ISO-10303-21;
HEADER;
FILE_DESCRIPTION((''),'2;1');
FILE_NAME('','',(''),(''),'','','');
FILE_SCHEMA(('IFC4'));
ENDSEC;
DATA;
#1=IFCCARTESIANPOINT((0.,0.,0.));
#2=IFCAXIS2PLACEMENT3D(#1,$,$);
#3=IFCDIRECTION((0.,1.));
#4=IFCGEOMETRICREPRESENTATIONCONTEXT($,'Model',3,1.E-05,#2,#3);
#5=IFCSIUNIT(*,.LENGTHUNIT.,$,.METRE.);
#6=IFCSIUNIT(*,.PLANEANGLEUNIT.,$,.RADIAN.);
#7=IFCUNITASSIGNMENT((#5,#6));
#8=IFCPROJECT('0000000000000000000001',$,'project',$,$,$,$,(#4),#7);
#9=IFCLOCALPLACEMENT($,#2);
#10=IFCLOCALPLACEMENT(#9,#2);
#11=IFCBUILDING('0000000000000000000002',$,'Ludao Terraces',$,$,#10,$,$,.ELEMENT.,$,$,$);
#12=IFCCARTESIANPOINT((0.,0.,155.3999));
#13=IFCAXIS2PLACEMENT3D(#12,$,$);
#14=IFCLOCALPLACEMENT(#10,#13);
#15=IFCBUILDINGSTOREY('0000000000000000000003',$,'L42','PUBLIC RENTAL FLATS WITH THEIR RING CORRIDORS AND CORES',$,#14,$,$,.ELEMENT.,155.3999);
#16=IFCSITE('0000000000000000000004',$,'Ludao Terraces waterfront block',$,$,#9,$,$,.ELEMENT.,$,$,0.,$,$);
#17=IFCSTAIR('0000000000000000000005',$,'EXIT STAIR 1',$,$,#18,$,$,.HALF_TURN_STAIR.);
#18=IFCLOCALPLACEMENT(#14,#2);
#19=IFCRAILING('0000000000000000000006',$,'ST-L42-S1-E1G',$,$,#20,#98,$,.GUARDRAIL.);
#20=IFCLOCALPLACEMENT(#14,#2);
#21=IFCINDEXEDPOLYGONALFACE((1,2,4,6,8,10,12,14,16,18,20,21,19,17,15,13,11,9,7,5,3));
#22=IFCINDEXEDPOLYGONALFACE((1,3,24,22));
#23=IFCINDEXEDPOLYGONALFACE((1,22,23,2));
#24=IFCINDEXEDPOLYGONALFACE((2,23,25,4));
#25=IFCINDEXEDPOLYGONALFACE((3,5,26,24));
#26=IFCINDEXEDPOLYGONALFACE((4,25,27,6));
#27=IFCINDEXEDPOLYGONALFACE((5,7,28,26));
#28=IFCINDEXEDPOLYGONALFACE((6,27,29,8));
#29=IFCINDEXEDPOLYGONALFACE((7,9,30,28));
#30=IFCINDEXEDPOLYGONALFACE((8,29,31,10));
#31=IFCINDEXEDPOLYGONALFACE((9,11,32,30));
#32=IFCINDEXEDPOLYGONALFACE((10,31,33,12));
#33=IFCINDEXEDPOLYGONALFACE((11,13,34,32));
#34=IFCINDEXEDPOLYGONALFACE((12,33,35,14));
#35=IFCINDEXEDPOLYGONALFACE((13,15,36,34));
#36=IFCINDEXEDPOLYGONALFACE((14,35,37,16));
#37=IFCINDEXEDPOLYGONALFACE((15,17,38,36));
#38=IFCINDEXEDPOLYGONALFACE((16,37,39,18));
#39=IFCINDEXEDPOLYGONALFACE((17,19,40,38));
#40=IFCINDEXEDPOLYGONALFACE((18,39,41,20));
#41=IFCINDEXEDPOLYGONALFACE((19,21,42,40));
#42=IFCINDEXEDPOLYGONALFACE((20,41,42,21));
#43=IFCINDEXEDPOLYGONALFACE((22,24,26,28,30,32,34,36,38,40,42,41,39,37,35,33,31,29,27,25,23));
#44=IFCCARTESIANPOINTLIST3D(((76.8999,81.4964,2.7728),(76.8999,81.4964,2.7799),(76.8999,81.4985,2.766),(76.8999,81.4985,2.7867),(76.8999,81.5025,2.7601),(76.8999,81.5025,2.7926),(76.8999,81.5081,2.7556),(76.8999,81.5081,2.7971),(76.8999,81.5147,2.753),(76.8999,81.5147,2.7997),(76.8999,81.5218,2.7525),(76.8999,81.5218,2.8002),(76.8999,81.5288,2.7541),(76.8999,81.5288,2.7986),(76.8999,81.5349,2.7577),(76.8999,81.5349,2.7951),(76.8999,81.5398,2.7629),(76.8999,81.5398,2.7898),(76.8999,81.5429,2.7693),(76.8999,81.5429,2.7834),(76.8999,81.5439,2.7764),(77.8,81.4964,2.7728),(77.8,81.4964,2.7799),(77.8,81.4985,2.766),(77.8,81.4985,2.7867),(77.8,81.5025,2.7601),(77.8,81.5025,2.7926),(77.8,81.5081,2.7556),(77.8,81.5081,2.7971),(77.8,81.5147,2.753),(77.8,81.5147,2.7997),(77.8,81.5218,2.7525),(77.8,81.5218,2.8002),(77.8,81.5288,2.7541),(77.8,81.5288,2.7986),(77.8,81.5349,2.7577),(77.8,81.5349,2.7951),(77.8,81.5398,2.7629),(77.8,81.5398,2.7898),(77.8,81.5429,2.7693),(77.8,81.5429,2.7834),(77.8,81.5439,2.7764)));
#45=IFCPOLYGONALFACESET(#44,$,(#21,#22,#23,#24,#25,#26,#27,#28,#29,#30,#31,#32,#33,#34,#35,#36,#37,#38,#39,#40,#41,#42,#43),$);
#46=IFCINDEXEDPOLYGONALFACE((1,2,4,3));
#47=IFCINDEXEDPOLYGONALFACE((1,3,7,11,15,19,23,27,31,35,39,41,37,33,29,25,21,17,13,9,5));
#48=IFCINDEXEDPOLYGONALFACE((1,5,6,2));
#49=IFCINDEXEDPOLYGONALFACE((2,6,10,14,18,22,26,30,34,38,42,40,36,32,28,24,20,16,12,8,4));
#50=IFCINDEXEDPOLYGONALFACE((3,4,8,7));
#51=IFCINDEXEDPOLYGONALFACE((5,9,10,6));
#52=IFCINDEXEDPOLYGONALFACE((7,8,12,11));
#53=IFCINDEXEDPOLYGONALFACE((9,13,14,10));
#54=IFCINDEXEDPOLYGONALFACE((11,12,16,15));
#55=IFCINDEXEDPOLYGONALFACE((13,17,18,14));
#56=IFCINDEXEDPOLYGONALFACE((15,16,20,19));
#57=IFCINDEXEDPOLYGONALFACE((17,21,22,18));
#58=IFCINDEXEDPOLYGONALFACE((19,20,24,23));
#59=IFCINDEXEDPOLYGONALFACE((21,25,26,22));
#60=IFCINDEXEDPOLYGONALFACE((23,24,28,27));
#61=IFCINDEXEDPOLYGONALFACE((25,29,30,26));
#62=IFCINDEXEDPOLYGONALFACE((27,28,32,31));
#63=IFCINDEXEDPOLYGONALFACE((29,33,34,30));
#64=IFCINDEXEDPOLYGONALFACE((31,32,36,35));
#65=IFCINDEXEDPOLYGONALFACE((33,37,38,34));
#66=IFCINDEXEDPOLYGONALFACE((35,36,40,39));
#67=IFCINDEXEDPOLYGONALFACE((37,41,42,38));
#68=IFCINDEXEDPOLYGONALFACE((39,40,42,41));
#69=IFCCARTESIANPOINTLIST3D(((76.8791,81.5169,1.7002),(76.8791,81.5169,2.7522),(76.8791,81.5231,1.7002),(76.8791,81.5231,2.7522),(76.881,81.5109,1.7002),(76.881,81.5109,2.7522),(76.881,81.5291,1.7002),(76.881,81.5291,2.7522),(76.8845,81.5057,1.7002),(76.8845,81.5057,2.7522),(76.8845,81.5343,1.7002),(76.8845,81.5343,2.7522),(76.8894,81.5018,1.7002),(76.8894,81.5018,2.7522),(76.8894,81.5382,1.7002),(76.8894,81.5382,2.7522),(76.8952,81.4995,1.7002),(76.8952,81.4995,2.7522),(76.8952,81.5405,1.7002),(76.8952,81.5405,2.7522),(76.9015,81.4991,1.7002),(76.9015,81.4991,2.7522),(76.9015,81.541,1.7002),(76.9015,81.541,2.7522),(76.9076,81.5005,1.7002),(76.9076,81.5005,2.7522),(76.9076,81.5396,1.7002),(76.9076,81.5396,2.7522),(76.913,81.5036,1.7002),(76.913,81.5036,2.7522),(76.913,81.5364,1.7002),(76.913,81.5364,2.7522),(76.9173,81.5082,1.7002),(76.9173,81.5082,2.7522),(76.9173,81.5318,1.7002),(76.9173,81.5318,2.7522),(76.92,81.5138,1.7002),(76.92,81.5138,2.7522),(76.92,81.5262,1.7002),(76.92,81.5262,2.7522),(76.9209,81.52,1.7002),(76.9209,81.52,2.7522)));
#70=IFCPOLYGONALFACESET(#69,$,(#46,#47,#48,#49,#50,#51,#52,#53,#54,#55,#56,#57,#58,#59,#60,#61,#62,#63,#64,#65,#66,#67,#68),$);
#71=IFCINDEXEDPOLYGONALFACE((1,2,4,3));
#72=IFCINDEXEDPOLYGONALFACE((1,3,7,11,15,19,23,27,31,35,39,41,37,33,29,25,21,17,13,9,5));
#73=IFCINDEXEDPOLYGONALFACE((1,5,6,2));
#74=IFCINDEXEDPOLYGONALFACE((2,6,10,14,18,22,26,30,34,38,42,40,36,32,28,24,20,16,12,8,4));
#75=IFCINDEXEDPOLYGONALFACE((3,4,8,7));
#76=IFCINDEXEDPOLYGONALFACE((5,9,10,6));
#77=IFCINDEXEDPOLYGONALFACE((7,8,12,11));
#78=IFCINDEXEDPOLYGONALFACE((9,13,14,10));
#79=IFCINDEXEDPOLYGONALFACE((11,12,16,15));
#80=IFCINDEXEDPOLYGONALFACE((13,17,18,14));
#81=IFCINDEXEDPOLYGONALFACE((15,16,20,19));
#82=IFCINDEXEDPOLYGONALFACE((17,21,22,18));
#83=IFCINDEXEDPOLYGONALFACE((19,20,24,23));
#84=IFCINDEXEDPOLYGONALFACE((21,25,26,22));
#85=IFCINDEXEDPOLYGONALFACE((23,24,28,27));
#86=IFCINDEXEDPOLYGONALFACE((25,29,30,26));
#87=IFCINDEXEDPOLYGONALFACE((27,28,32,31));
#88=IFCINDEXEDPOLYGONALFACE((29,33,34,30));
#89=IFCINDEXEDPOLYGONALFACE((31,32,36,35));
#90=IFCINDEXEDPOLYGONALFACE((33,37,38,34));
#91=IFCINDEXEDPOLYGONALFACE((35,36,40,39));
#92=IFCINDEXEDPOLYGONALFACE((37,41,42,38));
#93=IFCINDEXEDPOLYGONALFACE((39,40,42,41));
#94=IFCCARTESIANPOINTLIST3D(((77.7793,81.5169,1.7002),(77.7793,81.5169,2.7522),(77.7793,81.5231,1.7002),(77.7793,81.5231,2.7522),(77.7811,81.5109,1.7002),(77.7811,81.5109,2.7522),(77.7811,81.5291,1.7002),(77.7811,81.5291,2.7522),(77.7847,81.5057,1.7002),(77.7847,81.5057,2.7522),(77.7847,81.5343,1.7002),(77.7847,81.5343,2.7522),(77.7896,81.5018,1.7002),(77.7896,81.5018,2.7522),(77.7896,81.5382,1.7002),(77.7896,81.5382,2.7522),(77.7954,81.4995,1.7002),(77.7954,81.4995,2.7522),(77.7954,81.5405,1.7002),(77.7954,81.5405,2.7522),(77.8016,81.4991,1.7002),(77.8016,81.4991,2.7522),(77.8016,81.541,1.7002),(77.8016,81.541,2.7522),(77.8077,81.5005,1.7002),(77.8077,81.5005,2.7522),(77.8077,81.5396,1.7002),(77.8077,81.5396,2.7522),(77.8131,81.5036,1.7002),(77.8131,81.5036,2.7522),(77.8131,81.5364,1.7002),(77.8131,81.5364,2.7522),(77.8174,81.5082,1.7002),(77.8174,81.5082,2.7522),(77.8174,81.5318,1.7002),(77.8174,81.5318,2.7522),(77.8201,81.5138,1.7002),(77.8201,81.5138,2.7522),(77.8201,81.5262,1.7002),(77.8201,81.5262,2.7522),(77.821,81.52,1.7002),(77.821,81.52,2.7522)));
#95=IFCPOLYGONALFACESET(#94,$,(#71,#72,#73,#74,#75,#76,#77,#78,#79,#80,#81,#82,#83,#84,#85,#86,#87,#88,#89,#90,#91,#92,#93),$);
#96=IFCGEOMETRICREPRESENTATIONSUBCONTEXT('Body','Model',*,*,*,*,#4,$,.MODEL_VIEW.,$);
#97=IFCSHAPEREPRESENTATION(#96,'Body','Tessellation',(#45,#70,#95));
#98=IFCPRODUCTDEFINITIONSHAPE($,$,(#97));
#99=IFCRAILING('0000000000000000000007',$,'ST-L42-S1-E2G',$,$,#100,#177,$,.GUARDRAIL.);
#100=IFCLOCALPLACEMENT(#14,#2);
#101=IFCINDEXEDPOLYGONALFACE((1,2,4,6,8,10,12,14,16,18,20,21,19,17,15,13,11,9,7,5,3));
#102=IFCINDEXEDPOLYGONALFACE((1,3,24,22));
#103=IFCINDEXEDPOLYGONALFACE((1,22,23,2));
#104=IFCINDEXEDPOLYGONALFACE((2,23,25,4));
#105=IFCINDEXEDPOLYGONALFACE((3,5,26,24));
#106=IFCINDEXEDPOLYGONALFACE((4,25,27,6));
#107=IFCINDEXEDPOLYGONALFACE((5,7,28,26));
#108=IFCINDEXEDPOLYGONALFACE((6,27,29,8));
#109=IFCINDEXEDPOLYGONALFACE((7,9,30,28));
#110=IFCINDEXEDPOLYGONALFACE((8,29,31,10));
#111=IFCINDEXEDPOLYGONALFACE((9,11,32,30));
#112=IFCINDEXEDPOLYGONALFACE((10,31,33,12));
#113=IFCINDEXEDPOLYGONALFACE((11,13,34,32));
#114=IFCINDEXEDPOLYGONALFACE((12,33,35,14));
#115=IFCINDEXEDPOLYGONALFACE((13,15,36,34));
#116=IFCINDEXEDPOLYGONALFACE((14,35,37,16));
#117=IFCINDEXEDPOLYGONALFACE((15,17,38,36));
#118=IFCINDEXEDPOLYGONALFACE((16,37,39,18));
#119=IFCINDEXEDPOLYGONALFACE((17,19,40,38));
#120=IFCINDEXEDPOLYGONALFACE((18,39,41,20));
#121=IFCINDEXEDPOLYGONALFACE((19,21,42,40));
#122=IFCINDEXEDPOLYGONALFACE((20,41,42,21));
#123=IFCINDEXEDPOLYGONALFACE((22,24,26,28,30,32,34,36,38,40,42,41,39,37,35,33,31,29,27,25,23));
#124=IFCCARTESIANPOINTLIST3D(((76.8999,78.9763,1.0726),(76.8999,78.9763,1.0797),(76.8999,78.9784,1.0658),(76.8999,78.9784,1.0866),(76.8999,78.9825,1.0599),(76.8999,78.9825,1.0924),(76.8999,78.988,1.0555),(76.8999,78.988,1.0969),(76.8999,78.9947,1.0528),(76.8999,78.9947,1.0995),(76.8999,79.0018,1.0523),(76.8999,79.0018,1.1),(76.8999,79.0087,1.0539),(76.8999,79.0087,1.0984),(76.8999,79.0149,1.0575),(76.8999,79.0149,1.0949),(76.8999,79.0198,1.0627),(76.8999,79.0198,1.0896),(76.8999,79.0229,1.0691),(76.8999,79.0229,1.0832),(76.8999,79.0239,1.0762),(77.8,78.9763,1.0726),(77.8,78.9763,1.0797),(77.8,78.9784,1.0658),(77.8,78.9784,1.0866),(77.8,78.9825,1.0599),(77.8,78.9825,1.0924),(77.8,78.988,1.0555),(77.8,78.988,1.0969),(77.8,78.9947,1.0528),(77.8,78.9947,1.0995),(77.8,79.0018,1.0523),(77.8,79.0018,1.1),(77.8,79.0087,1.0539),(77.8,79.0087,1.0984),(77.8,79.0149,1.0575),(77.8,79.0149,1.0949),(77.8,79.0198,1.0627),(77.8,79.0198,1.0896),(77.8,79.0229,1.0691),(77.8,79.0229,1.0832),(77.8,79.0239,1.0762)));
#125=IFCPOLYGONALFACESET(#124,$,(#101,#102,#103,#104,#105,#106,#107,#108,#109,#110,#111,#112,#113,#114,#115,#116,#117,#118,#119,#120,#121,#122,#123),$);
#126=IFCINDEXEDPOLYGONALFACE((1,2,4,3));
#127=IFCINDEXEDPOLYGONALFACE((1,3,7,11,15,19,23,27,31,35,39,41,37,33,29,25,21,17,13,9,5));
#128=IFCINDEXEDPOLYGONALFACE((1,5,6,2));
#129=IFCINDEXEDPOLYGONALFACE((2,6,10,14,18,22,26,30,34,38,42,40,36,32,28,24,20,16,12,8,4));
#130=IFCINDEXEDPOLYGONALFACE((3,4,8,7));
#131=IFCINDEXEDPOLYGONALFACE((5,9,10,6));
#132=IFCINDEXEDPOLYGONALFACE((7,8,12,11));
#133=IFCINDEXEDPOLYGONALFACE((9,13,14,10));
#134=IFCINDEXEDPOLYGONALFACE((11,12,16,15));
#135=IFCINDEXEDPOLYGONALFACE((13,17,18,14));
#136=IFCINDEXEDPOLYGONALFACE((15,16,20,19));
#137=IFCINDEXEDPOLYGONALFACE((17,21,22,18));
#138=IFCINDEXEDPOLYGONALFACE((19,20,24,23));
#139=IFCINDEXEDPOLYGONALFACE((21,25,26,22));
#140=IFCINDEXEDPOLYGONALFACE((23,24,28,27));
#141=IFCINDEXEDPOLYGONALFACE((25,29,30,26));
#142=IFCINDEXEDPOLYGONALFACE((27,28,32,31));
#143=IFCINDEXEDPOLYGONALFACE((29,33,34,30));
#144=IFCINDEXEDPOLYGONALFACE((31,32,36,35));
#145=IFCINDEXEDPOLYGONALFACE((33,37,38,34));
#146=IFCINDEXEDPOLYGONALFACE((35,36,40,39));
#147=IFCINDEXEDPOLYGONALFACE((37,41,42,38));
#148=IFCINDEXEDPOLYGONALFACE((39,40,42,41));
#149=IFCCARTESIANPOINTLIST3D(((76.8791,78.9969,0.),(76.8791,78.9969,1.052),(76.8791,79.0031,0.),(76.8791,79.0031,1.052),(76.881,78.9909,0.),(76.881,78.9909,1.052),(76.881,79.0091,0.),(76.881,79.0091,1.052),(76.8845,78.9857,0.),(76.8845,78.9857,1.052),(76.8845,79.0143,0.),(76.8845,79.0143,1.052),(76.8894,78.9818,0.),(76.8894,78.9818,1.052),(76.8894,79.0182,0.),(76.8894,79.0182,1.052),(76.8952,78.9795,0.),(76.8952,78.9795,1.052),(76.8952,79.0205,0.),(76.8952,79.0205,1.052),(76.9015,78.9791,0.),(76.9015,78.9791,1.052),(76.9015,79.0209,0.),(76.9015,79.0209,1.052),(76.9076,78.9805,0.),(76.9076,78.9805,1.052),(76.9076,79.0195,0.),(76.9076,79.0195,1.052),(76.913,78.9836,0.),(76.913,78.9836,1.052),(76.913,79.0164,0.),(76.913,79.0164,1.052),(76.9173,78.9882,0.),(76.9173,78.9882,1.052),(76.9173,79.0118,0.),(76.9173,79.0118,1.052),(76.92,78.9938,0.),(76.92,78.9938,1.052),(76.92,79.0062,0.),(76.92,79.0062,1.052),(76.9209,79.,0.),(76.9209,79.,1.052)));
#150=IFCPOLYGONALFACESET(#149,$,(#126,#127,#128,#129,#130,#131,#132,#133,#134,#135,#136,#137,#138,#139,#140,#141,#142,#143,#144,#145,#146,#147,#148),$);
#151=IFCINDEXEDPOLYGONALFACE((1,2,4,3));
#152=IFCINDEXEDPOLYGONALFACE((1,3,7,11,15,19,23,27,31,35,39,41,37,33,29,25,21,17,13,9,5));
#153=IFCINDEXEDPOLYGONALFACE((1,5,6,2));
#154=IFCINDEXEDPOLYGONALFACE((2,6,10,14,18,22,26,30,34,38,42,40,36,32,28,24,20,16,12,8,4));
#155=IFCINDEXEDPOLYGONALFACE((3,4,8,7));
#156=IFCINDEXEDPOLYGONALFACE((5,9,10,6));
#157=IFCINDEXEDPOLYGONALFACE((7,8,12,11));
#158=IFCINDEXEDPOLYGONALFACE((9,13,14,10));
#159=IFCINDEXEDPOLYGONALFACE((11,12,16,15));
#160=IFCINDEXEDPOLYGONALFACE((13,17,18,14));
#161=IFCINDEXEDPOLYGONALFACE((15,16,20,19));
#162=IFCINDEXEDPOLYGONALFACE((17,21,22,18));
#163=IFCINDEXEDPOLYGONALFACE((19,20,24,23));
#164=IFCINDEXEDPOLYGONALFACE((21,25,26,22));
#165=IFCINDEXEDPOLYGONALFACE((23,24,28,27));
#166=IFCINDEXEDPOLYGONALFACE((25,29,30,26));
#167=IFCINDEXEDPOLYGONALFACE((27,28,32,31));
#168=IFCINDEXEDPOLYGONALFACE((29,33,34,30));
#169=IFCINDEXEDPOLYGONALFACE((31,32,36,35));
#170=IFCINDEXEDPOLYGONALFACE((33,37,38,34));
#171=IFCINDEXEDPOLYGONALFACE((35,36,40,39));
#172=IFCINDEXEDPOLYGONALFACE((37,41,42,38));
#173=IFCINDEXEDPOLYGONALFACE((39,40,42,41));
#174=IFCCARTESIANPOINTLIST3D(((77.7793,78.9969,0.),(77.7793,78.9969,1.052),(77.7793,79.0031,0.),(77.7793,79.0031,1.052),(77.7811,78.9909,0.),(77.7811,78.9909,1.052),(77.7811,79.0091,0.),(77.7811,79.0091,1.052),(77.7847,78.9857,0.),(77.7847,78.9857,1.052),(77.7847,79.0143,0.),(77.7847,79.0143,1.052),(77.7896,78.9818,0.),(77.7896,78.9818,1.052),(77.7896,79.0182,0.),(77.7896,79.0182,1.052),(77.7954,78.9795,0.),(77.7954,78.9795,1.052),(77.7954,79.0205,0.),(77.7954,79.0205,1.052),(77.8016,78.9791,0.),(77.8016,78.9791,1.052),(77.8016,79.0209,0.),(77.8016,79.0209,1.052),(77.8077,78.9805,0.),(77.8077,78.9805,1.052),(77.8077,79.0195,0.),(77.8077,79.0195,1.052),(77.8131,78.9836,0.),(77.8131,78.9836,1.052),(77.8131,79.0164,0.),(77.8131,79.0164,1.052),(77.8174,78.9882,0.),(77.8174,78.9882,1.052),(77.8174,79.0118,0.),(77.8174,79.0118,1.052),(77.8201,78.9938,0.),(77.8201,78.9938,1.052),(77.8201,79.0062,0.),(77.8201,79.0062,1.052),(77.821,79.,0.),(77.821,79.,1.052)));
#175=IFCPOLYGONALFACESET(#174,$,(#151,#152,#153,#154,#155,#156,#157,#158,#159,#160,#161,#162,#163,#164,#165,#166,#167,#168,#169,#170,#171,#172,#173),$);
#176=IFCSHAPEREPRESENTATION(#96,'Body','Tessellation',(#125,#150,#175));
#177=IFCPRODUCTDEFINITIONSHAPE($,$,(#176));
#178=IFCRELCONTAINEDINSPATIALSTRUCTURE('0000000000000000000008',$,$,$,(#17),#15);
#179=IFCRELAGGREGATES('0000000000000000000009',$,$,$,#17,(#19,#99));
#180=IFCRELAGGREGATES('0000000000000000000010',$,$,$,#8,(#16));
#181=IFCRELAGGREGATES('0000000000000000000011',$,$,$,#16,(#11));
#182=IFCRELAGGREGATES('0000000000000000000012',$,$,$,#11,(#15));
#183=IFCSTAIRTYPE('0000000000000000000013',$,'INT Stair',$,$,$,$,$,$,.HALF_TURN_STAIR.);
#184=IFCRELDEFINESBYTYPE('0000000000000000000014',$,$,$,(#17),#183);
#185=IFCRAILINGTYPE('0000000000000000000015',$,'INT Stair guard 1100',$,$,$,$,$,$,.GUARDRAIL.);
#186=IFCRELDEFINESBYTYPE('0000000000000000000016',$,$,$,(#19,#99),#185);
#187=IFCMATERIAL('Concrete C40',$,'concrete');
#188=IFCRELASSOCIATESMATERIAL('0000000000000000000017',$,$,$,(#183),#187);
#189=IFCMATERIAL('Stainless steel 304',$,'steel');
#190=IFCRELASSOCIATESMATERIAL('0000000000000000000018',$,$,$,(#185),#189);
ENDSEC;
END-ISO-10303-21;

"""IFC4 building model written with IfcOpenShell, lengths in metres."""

from ifc_helpers import new_model, si_unit, direction, frame, origin, origin_2d, place, context, subcontext, project, spatial, circle, extrude, material, type_object, element, aggregate, save


model = new_model("IFC4")

# Units and contexts
model_context = context("Model", 3, precision=1e-05, world=origin(), true_north=direction((0.0, 1.0)))
body_context = subcontext(model_context, "Body", "Model", "MODEL_VIEW")
ifc_project = project(units=[si_unit("LENGTHUNIT", "METRE"), si_unit("PLANEANGLEUNIT", "RADIAN")], contexts=[model_context])

# Site, building, storey
site_placement = place(None, origin())
site = spatial("IfcSite", under=ifc_project, at=site_placement, Name="Ludao Terraces waterfront block", CompositionType="ELEMENT", RefElevation=0.0)
building_placement = place(site_placement, origin())
building = spatial("IfcBuilding", under=site, at=building_placement, Name="Ludao Terraces", CompositionType="ELEMENT")
storey_placement = place(building_placement, frame((0.0, 0.0, 155.3999)))
storey = spatial("IfcBuildingStorey", under=building, at=storey_placement, Name="L42", Description="PUBLIC RENTAL FLATS WITH THEIR RING CORRIDORS AND CORES", CompositionType="ELEMENT", Elevation=155.3999)

# Shared definitions
ifc_material_1 = material(Name="Stainless steel 304", Category="steel")

# Stair, railings
ifc_material_2 = material(Name="Concrete C40", Category="concrete")
stair_type = type_object("IfcStairType", Name="INT Stair", PredefinedType="HALF_TURN_STAIR", material=ifc_material_2)
stair_placement = place(storey_placement, origin())
stair = element("IfcStair", 1, at=stair_placement, inside=storey, type_object=stair_type, Name="EXIT STAIR 1", PredefinedType="HALF_TURN_STAIR")
railing_type_1 = type_object("IfcRailingType", Name="INT Stair guard 1100", PredefinedType="GUARDRAIL", material=ifc_material_1)
railing_1_placement = place(storey_placement, frame((76.8999, 81.52, 1.7002)))
railing_1 = element("IfcRailing", 2, at=railing_1_placement, type_object=railing_type_1, Name="ST-L42-S1-E1G", PredefinedType="GUARDRAIL", context=body_context, shape_type="SweptSolid", body=[
    extrude(circle(Radius=0.0239, at=origin_2d()), frame((0.0, 0.0, 1.0762), z_axis=(1.0, 0.0, 0.0), x_axis=(0.0, 1.0, 0.0)), (0.0, 0.0, 1.0), 0.9001),
    extrude(circle(Radius=0.021, at=origin_2d()), origin(), (0.0, 0.0, 1.0), 1.052),
    extrude(circle(Radius=0.021, at=origin_2d()), frame((0.9001, 0.0, 0.0)), (0.0, 0.0, 1.0), 1.052),
])
railing_2_placement = place(storey_placement, frame((76.8999, 79.0, 0.0)))
railing_2 = element("IfcRailing", 3, at=railing_2_placement, type_object=railing_type_1, Name="ST-L42-S1-E2G", PredefinedType="GUARDRAIL", context=body_context, shape_type="SweptSolid", body=[
    extrude(circle(Radius=0.0239, at=origin_2d()), frame((0.0, 0.0, 1.0762), z_axis=(1.0, 0.0, 0.0), x_axis=(0.0, 1.0, 0.0)), (0.0, 0.0, 1.0), 0.9001),
    extrude(circle(Radius=0.021, at=origin_2d()), origin(), (0.0, 0.0, 1.0), 1.052),
    extrude(circle(Radius=0.021, at=origin_2d()), frame((0.9001, 0.0, 0.0)), (0.0, 0.0, 1.0), 1.052),
])
aggregate(stair, [railing_1, railing_2])

save(model, "model.ifc")
